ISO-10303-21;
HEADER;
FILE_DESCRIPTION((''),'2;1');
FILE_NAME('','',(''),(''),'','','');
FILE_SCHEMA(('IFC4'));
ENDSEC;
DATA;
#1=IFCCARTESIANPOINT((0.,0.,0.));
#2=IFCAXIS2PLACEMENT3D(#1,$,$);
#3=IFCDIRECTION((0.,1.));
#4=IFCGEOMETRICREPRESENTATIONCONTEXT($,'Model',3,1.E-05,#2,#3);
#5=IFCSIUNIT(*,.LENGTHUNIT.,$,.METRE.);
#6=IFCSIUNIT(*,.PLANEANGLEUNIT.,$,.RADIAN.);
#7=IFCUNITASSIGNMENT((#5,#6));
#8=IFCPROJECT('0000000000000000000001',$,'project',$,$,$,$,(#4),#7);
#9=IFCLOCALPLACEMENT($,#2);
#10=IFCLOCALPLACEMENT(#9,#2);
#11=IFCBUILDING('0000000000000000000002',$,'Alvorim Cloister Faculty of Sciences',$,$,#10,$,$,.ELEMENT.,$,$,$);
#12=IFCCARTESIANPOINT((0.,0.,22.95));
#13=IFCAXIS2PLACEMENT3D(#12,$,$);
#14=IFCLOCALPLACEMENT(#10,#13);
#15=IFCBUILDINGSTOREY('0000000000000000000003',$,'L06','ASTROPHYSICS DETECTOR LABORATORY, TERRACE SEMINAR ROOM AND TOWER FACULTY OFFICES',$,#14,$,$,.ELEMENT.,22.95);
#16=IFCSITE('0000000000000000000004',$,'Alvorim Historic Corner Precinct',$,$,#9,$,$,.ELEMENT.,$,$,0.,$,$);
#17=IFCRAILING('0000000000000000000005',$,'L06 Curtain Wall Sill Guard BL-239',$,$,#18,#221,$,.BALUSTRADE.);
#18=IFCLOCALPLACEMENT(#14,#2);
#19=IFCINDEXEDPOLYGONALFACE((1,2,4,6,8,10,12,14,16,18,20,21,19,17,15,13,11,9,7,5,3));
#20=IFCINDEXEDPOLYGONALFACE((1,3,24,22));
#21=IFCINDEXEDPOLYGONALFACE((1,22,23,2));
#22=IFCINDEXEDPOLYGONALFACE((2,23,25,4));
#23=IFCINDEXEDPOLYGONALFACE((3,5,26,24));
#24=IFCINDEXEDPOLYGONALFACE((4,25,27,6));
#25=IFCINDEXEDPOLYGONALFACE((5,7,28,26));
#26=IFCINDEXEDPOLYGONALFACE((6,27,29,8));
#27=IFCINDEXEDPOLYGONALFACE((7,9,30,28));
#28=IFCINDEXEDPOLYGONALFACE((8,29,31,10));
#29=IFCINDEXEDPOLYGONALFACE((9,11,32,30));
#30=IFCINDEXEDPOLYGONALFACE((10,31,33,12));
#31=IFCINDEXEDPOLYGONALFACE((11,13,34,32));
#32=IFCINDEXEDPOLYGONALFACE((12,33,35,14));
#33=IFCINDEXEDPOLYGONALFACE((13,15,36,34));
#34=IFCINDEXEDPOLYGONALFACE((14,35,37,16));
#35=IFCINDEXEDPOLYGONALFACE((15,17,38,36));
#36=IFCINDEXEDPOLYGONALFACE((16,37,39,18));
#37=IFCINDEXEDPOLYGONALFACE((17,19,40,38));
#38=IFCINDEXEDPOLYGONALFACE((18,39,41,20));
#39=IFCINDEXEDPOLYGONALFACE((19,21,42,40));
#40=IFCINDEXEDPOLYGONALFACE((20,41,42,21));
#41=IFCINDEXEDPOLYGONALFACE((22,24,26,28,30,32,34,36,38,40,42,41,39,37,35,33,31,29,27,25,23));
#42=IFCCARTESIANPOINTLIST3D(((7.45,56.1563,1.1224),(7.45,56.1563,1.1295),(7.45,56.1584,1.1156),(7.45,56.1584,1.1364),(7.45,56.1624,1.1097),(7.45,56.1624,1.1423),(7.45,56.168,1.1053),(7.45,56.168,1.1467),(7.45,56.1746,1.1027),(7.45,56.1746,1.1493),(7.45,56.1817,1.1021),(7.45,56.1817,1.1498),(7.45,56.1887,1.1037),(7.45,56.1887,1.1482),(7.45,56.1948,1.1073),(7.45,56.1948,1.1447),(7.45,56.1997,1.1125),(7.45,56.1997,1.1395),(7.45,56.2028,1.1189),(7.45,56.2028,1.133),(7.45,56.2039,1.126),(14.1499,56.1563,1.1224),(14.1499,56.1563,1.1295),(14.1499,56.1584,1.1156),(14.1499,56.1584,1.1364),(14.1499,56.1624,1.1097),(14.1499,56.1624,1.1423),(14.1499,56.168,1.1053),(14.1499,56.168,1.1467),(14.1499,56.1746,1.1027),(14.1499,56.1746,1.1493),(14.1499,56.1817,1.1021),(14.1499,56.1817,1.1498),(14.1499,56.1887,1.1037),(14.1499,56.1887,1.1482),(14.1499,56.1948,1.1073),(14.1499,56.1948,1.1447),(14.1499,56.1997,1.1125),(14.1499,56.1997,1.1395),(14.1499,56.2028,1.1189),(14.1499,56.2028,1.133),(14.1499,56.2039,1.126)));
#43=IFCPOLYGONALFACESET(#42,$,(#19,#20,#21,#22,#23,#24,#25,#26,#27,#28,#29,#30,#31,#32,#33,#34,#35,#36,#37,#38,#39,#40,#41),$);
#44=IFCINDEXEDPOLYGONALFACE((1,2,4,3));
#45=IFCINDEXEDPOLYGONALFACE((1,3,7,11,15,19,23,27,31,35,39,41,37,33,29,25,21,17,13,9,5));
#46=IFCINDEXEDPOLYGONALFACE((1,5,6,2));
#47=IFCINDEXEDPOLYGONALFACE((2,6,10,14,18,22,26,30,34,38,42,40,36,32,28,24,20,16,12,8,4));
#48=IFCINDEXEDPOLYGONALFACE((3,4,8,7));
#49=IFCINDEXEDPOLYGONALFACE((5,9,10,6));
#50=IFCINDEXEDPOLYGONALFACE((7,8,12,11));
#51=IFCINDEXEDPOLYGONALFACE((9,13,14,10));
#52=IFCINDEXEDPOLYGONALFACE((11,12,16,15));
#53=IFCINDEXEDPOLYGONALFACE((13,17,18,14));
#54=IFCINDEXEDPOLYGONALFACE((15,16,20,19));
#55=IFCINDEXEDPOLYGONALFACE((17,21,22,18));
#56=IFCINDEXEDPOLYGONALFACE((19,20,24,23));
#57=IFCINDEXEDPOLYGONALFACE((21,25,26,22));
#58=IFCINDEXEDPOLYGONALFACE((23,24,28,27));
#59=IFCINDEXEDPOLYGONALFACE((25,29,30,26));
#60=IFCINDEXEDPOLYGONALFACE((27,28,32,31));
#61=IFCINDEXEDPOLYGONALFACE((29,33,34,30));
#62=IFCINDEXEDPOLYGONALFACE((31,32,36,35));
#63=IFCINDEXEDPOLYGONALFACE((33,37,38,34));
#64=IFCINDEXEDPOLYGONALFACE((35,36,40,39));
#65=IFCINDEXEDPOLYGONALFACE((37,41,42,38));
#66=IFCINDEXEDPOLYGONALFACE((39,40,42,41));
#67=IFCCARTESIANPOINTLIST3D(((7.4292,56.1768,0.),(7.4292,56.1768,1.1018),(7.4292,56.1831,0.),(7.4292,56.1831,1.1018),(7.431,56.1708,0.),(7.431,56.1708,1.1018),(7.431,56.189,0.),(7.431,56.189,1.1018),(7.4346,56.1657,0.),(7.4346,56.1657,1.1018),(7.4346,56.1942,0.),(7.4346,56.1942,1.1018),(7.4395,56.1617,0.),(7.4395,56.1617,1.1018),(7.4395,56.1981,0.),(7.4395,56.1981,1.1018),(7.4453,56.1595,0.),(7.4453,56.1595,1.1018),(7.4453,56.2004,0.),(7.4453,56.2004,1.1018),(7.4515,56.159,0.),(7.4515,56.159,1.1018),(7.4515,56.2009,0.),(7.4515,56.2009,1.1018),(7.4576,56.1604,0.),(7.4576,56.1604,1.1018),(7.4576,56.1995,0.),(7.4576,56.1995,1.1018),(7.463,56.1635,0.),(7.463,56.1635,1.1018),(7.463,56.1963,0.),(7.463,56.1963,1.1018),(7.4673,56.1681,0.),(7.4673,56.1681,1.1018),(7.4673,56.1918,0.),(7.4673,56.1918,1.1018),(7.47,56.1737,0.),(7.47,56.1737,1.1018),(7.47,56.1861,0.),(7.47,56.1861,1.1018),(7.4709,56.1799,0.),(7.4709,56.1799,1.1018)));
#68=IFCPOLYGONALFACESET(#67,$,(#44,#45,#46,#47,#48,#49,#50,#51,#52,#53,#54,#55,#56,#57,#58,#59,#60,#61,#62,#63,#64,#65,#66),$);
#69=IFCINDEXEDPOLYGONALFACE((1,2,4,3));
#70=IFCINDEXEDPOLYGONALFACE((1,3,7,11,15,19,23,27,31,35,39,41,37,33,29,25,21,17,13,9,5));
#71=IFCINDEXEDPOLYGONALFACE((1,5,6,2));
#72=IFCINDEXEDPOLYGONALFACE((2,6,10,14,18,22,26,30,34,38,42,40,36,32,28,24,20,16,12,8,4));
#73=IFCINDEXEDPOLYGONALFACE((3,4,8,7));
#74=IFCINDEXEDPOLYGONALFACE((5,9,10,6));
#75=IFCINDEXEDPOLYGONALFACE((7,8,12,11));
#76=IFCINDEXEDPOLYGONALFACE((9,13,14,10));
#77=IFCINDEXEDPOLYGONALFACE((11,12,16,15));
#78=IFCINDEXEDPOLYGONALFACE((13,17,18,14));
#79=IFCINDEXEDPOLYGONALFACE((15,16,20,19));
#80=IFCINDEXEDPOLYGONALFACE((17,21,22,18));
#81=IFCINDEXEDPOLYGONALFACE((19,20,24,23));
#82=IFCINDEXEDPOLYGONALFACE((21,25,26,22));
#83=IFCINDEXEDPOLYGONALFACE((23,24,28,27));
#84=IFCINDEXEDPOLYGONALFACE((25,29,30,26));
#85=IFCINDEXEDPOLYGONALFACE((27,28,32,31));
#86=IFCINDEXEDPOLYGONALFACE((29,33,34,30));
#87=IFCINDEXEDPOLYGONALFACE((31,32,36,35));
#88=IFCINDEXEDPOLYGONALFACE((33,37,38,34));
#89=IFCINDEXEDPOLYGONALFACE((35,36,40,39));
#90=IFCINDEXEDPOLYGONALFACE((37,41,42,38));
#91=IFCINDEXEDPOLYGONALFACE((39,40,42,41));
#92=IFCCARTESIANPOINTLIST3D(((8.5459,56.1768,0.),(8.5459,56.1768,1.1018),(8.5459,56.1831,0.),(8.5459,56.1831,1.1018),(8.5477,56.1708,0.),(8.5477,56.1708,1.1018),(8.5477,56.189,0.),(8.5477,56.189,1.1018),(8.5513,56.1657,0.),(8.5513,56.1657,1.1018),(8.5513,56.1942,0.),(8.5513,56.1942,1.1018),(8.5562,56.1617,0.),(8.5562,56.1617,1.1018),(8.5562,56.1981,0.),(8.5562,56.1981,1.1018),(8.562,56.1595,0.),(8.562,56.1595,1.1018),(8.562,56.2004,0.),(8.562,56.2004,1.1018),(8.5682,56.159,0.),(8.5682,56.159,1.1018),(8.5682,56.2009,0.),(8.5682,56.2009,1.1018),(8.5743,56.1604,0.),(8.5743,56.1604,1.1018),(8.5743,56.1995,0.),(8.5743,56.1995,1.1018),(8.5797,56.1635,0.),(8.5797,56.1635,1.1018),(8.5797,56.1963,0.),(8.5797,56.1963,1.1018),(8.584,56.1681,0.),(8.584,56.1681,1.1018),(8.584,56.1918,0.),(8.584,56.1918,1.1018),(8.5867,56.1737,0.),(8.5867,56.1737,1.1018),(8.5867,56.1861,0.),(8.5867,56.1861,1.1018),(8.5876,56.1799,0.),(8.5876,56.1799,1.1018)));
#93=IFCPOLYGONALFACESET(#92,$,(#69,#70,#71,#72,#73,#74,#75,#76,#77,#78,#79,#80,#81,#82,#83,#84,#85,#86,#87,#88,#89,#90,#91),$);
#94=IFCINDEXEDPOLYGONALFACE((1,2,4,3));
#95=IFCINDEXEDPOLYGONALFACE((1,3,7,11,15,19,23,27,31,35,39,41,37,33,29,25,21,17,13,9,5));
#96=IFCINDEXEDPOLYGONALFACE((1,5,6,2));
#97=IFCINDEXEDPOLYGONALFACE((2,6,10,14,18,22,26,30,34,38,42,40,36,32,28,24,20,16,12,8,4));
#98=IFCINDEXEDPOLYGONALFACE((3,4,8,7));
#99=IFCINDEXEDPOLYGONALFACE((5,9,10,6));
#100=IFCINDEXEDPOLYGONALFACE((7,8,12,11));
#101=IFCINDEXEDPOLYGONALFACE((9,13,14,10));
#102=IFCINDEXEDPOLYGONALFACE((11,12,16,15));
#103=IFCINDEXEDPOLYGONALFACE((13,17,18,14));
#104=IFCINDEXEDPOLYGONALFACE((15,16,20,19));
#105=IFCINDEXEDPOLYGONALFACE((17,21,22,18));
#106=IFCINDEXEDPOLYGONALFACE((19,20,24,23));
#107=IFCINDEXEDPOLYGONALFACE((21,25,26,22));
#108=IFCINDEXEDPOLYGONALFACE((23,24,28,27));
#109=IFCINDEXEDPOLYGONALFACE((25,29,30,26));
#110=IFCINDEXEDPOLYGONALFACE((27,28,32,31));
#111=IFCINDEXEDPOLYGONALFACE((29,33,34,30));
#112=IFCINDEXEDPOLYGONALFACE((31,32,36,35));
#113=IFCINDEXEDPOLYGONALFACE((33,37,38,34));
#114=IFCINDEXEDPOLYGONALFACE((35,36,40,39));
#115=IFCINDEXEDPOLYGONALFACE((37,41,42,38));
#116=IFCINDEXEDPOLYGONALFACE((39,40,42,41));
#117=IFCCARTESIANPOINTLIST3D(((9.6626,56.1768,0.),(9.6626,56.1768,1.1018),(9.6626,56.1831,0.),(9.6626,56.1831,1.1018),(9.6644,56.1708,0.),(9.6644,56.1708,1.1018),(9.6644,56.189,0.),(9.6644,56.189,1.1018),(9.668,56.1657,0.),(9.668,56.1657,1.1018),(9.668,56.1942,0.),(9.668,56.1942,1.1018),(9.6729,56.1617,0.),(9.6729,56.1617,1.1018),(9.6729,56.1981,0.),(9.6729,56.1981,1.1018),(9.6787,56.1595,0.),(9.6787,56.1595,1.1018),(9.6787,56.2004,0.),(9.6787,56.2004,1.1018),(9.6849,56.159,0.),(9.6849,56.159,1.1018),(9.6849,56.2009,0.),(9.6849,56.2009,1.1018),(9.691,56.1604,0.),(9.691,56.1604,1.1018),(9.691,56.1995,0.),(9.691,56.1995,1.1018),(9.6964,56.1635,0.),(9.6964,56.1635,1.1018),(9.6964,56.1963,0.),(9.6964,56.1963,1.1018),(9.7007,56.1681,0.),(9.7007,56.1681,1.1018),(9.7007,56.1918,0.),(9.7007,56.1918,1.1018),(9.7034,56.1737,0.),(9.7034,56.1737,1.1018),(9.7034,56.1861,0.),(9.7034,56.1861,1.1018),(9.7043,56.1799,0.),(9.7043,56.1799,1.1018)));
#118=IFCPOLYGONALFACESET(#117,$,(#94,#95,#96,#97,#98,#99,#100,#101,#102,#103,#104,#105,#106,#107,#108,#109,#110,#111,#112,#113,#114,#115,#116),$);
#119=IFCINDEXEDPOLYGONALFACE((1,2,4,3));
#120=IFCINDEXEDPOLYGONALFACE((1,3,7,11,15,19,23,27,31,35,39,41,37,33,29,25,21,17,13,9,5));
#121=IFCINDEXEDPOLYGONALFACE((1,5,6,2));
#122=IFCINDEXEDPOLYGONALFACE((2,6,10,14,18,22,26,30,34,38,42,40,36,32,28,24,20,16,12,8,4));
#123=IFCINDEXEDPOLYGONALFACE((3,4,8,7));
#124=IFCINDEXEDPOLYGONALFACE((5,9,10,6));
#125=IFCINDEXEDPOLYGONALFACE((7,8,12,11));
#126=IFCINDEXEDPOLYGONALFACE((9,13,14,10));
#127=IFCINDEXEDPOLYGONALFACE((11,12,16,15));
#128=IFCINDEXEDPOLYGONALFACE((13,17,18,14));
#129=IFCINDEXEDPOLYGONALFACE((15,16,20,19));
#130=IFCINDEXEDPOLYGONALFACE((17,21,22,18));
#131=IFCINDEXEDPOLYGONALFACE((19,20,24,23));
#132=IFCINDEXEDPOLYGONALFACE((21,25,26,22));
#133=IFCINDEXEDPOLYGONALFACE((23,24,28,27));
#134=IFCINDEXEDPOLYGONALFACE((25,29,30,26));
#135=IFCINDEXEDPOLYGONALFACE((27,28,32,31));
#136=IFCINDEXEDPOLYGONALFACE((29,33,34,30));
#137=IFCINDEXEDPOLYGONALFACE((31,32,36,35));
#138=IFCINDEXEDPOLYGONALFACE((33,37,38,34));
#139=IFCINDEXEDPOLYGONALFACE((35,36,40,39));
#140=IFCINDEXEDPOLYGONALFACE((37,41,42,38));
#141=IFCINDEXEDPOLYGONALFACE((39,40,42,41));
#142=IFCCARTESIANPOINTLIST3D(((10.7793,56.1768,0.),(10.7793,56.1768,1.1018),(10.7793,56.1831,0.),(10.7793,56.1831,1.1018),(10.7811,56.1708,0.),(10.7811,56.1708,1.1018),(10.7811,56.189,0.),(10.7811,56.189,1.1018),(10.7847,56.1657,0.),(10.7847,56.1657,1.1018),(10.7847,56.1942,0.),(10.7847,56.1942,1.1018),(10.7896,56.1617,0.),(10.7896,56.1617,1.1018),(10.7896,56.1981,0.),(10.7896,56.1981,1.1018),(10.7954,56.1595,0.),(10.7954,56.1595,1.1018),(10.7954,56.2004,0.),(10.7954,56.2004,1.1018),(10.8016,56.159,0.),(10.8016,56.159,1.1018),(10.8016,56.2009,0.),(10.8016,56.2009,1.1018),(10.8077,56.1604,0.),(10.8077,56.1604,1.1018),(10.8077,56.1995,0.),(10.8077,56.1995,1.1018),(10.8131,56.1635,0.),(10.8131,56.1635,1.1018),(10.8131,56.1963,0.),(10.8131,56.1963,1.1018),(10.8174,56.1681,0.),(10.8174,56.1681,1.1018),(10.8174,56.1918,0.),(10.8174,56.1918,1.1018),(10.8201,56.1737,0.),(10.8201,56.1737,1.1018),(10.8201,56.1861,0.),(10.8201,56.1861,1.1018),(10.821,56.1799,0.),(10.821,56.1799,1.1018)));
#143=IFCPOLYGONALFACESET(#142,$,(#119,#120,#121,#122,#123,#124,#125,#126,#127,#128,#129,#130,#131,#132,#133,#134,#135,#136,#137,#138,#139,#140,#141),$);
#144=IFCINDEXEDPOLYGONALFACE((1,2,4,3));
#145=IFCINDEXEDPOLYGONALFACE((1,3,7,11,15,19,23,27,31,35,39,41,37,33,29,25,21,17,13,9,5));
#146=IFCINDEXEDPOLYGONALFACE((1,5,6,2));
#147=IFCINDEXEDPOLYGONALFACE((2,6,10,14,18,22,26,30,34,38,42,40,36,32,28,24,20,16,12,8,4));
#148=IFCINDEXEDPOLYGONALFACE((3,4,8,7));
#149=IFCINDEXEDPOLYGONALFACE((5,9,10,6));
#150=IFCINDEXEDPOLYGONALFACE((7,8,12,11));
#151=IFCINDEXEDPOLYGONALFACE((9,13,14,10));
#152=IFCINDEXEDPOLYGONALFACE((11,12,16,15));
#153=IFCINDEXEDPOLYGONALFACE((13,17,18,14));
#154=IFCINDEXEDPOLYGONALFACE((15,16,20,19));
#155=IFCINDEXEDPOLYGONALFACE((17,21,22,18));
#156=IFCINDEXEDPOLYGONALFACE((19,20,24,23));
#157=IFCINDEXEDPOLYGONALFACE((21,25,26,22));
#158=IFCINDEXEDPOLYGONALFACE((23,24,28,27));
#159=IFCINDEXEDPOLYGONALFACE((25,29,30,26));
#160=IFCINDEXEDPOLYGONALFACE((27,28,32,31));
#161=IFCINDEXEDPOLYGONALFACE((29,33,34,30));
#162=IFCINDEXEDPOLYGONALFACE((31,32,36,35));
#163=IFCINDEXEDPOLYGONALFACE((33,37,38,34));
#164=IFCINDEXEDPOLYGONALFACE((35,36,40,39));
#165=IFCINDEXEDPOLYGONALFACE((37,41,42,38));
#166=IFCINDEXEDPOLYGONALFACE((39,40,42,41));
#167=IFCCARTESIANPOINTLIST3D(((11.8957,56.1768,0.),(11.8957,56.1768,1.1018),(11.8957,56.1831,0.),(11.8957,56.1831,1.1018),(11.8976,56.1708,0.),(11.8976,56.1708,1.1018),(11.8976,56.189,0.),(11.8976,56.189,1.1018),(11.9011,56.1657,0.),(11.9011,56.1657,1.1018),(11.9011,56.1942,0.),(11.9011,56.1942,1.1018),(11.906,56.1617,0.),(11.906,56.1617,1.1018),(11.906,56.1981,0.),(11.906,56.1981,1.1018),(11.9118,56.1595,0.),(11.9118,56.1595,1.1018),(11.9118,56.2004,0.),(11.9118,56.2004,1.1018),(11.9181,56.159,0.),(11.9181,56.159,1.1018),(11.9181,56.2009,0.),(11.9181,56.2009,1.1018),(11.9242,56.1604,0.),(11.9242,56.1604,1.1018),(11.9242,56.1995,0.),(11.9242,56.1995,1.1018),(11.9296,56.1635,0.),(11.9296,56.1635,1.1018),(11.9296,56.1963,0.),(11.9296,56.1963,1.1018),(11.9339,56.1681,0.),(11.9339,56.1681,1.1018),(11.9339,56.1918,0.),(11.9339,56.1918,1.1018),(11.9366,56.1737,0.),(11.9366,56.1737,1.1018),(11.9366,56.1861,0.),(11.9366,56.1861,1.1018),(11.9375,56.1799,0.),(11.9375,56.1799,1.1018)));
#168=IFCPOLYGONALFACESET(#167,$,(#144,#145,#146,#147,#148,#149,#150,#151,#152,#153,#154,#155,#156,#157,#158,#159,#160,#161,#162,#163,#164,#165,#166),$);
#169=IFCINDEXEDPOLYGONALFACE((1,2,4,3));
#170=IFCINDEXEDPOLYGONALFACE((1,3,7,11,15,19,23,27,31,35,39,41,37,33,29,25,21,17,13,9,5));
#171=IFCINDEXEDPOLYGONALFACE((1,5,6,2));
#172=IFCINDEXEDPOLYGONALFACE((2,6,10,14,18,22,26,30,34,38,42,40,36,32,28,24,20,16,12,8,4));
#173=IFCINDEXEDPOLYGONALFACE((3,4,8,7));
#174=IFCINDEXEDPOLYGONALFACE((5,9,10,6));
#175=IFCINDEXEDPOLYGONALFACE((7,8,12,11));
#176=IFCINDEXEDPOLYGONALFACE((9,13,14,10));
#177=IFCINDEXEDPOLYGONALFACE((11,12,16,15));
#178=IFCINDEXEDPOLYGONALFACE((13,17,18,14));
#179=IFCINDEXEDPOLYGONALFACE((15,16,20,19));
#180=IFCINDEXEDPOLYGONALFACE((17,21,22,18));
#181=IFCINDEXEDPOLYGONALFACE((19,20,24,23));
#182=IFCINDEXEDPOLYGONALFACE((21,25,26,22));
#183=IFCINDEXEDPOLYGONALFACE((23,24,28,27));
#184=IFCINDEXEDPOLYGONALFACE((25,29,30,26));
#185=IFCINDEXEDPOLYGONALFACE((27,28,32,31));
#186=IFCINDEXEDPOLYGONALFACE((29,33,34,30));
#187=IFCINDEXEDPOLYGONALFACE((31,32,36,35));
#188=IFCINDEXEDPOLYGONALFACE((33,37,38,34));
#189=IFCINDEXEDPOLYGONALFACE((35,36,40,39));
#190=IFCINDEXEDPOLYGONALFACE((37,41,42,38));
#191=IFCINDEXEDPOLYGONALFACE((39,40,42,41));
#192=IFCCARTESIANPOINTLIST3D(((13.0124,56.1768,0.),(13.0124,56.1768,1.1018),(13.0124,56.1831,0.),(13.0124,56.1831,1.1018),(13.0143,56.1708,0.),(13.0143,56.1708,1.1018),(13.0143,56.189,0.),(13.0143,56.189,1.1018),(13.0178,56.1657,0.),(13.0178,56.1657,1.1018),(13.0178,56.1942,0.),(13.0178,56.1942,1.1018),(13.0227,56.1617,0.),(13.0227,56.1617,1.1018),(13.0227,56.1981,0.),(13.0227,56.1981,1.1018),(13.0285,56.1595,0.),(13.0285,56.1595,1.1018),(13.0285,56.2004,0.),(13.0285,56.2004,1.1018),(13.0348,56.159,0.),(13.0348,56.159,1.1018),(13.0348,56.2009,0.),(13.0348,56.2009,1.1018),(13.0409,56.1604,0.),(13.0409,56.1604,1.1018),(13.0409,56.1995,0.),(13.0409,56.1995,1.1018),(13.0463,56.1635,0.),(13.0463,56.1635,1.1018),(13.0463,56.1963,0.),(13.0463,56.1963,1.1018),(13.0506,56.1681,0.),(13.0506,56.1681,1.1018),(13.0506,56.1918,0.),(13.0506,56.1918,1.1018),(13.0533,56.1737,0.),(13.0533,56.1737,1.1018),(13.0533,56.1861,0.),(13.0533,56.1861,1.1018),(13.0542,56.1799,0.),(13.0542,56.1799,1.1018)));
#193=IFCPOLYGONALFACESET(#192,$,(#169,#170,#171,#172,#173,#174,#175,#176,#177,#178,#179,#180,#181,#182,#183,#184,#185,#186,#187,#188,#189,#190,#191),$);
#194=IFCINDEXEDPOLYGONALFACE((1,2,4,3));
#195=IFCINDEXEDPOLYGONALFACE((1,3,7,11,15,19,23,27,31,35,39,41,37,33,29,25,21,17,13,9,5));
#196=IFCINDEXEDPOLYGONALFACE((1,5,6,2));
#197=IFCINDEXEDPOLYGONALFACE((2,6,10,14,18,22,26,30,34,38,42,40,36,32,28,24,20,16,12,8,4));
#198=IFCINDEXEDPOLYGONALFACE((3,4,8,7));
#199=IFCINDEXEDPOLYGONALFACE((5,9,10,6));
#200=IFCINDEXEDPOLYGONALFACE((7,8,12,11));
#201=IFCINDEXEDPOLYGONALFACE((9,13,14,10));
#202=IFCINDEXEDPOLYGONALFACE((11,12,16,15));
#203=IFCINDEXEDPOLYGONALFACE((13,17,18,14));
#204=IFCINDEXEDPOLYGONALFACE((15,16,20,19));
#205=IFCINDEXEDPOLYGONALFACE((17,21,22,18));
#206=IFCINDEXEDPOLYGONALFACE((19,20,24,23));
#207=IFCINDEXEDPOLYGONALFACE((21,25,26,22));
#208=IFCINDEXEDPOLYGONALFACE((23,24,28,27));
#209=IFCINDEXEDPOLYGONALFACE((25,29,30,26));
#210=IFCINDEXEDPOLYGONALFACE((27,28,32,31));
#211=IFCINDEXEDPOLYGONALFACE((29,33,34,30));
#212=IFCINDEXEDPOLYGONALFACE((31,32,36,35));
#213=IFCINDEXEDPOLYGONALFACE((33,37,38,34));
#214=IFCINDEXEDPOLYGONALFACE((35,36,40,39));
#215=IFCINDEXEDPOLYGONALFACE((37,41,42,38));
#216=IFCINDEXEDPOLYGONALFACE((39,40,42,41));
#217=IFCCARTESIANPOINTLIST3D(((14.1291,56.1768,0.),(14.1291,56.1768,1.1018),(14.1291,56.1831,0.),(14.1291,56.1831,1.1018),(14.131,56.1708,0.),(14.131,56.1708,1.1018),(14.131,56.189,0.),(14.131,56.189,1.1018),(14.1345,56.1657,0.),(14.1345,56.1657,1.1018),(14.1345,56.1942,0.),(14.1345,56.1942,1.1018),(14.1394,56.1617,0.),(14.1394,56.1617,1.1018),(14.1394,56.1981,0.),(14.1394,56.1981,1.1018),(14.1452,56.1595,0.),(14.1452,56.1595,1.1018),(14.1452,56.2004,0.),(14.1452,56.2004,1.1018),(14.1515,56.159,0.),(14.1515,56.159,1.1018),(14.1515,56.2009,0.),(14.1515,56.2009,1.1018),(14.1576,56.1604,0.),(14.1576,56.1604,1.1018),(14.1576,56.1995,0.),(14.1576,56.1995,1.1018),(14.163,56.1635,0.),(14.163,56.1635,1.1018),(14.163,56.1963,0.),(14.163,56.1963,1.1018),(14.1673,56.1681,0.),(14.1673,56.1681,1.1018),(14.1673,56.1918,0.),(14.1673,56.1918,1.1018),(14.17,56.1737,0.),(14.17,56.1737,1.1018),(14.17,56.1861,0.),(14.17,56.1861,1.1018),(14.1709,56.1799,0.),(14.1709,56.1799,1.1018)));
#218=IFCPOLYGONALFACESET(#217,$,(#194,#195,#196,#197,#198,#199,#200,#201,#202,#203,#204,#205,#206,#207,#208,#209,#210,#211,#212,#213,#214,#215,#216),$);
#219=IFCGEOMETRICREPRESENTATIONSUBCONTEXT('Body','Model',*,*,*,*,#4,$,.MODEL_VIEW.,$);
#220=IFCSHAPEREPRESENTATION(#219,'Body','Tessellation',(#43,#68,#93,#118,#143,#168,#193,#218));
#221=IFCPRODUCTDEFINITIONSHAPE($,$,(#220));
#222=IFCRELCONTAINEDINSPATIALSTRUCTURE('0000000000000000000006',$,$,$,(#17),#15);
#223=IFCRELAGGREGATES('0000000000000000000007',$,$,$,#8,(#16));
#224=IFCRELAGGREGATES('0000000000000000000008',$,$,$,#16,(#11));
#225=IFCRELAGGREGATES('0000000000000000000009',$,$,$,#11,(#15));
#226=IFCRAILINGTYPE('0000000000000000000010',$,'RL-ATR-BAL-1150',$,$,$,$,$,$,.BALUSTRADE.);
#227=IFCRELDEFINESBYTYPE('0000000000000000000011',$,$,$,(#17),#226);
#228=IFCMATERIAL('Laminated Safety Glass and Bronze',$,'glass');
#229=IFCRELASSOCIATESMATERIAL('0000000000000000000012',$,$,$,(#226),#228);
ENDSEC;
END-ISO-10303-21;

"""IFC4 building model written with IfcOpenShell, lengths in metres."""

from ifc_helpers import new_model, si_unit, direction, frame, origin, origin_2d, place, context, subcontext, project, spatial, circle, extrude, material, type_object, element, save


model = new_model("IFC4")

# Units and contexts
model_context = context("Model", 3, precision=1e-05, world=origin(), true_north=direction((0.0, 1.0)))
body_context = subcontext(model_context, "Body", "Model", "MODEL_VIEW")
ifc_project = project(units=[si_unit("LENGTHUNIT", "METRE"), si_unit("PLANEANGLEUNIT", "RADIAN")], contexts=[model_context])

# Site, building, storey
site_placement = place(None, origin())
site = spatial("IfcSite", under=ifc_project, at=site_placement, Name="Alvorim Historic Corner Precinct", CompositionType="ELEMENT", RefElevation=0.0)
building_placement = place(site_placement, origin())
building = spatial("IfcBuilding", under=site, at=building_placement, Name="Alvorim Cloister Faculty of Sciences", CompositionType="ELEMENT")
storey_placement = place(building_placement, frame((0.0, 0.0, 22.95)))
storey = spatial("IfcBuildingStorey", under=building, at=storey_placement, Name="L06", Description="ASTROPHYSICS DETECTOR LABORATORY, TERRACE SEMINAR ROOM AND TOWER FACULTY OFFICES", CompositionType="ELEMENT", Elevation=22.95)

# Railing
ifc_material_1 = material(Name="Laminated Safety Glass and Bronze", Category="glass")
railing_type_1 = type_object("IfcRailingType", Name="RL-ATR-BAL-1150", PredefinedType="BALUSTRADE", material=ifc_material_1)
railing_1_placement = place(storey_placement, frame((7.45, 56.1799, 0.0)))
element("IfcRailing", 1, at=railing_1_placement, inside=storey, type_object=railing_type_1, Name="L06 Curtain Wall Sill Guard BL-239", PredefinedType="BALUSTRADE", context=body_context, shape_type="SweptSolid", body=[
    extrude(circle(Radius=0.0239, at=origin_2d()), frame((0.0, 0.0, 1.126), z_axis=(1.0, 0.0, 0.0), x_axis=(0.0, 1.0, 0.0)), (0.0, 0.0, 1.0), 6.7),
    extrude(circle(Radius=0.021, at=origin_2d()), origin(), (0.0, 0.0, 1.0), 1.1018),
    extrude(circle(Radius=0.021, at=origin_2d()), frame((1.1167, 0.0, 0.0)), (0.0, 0.0, 1.0), 1.1018),
    extrude(circle(Radius=0.021, at=origin_2d()), frame((2.2334, 0.0, 0.0)), (0.0, 0.0, 1.0), 1.1018),
    extrude(circle(Radius=0.021, at=origin_2d()), frame((3.3501, 0.0, 0.0)), (0.0, 0.0, 1.0), 1.1018),
    extrude(circle(Radius=0.021, at=origin_2d()), frame((4.4666, 0.0, 0.0)), (0.0, 0.0, 1.0), 1.1018),
    extrude(circle(Radius=0.021, at=origin_2d()), frame((5.5833, 0.0, 0.0)), (0.0, 0.0, 1.0), 1.1018),
    extrude(circle(Radius=0.021, at=origin_2d()), frame((6.7, 0.0, 0.0)), (0.0, 0.0, 1.0), 1.1018),
])

save(model, "model.ifc")
